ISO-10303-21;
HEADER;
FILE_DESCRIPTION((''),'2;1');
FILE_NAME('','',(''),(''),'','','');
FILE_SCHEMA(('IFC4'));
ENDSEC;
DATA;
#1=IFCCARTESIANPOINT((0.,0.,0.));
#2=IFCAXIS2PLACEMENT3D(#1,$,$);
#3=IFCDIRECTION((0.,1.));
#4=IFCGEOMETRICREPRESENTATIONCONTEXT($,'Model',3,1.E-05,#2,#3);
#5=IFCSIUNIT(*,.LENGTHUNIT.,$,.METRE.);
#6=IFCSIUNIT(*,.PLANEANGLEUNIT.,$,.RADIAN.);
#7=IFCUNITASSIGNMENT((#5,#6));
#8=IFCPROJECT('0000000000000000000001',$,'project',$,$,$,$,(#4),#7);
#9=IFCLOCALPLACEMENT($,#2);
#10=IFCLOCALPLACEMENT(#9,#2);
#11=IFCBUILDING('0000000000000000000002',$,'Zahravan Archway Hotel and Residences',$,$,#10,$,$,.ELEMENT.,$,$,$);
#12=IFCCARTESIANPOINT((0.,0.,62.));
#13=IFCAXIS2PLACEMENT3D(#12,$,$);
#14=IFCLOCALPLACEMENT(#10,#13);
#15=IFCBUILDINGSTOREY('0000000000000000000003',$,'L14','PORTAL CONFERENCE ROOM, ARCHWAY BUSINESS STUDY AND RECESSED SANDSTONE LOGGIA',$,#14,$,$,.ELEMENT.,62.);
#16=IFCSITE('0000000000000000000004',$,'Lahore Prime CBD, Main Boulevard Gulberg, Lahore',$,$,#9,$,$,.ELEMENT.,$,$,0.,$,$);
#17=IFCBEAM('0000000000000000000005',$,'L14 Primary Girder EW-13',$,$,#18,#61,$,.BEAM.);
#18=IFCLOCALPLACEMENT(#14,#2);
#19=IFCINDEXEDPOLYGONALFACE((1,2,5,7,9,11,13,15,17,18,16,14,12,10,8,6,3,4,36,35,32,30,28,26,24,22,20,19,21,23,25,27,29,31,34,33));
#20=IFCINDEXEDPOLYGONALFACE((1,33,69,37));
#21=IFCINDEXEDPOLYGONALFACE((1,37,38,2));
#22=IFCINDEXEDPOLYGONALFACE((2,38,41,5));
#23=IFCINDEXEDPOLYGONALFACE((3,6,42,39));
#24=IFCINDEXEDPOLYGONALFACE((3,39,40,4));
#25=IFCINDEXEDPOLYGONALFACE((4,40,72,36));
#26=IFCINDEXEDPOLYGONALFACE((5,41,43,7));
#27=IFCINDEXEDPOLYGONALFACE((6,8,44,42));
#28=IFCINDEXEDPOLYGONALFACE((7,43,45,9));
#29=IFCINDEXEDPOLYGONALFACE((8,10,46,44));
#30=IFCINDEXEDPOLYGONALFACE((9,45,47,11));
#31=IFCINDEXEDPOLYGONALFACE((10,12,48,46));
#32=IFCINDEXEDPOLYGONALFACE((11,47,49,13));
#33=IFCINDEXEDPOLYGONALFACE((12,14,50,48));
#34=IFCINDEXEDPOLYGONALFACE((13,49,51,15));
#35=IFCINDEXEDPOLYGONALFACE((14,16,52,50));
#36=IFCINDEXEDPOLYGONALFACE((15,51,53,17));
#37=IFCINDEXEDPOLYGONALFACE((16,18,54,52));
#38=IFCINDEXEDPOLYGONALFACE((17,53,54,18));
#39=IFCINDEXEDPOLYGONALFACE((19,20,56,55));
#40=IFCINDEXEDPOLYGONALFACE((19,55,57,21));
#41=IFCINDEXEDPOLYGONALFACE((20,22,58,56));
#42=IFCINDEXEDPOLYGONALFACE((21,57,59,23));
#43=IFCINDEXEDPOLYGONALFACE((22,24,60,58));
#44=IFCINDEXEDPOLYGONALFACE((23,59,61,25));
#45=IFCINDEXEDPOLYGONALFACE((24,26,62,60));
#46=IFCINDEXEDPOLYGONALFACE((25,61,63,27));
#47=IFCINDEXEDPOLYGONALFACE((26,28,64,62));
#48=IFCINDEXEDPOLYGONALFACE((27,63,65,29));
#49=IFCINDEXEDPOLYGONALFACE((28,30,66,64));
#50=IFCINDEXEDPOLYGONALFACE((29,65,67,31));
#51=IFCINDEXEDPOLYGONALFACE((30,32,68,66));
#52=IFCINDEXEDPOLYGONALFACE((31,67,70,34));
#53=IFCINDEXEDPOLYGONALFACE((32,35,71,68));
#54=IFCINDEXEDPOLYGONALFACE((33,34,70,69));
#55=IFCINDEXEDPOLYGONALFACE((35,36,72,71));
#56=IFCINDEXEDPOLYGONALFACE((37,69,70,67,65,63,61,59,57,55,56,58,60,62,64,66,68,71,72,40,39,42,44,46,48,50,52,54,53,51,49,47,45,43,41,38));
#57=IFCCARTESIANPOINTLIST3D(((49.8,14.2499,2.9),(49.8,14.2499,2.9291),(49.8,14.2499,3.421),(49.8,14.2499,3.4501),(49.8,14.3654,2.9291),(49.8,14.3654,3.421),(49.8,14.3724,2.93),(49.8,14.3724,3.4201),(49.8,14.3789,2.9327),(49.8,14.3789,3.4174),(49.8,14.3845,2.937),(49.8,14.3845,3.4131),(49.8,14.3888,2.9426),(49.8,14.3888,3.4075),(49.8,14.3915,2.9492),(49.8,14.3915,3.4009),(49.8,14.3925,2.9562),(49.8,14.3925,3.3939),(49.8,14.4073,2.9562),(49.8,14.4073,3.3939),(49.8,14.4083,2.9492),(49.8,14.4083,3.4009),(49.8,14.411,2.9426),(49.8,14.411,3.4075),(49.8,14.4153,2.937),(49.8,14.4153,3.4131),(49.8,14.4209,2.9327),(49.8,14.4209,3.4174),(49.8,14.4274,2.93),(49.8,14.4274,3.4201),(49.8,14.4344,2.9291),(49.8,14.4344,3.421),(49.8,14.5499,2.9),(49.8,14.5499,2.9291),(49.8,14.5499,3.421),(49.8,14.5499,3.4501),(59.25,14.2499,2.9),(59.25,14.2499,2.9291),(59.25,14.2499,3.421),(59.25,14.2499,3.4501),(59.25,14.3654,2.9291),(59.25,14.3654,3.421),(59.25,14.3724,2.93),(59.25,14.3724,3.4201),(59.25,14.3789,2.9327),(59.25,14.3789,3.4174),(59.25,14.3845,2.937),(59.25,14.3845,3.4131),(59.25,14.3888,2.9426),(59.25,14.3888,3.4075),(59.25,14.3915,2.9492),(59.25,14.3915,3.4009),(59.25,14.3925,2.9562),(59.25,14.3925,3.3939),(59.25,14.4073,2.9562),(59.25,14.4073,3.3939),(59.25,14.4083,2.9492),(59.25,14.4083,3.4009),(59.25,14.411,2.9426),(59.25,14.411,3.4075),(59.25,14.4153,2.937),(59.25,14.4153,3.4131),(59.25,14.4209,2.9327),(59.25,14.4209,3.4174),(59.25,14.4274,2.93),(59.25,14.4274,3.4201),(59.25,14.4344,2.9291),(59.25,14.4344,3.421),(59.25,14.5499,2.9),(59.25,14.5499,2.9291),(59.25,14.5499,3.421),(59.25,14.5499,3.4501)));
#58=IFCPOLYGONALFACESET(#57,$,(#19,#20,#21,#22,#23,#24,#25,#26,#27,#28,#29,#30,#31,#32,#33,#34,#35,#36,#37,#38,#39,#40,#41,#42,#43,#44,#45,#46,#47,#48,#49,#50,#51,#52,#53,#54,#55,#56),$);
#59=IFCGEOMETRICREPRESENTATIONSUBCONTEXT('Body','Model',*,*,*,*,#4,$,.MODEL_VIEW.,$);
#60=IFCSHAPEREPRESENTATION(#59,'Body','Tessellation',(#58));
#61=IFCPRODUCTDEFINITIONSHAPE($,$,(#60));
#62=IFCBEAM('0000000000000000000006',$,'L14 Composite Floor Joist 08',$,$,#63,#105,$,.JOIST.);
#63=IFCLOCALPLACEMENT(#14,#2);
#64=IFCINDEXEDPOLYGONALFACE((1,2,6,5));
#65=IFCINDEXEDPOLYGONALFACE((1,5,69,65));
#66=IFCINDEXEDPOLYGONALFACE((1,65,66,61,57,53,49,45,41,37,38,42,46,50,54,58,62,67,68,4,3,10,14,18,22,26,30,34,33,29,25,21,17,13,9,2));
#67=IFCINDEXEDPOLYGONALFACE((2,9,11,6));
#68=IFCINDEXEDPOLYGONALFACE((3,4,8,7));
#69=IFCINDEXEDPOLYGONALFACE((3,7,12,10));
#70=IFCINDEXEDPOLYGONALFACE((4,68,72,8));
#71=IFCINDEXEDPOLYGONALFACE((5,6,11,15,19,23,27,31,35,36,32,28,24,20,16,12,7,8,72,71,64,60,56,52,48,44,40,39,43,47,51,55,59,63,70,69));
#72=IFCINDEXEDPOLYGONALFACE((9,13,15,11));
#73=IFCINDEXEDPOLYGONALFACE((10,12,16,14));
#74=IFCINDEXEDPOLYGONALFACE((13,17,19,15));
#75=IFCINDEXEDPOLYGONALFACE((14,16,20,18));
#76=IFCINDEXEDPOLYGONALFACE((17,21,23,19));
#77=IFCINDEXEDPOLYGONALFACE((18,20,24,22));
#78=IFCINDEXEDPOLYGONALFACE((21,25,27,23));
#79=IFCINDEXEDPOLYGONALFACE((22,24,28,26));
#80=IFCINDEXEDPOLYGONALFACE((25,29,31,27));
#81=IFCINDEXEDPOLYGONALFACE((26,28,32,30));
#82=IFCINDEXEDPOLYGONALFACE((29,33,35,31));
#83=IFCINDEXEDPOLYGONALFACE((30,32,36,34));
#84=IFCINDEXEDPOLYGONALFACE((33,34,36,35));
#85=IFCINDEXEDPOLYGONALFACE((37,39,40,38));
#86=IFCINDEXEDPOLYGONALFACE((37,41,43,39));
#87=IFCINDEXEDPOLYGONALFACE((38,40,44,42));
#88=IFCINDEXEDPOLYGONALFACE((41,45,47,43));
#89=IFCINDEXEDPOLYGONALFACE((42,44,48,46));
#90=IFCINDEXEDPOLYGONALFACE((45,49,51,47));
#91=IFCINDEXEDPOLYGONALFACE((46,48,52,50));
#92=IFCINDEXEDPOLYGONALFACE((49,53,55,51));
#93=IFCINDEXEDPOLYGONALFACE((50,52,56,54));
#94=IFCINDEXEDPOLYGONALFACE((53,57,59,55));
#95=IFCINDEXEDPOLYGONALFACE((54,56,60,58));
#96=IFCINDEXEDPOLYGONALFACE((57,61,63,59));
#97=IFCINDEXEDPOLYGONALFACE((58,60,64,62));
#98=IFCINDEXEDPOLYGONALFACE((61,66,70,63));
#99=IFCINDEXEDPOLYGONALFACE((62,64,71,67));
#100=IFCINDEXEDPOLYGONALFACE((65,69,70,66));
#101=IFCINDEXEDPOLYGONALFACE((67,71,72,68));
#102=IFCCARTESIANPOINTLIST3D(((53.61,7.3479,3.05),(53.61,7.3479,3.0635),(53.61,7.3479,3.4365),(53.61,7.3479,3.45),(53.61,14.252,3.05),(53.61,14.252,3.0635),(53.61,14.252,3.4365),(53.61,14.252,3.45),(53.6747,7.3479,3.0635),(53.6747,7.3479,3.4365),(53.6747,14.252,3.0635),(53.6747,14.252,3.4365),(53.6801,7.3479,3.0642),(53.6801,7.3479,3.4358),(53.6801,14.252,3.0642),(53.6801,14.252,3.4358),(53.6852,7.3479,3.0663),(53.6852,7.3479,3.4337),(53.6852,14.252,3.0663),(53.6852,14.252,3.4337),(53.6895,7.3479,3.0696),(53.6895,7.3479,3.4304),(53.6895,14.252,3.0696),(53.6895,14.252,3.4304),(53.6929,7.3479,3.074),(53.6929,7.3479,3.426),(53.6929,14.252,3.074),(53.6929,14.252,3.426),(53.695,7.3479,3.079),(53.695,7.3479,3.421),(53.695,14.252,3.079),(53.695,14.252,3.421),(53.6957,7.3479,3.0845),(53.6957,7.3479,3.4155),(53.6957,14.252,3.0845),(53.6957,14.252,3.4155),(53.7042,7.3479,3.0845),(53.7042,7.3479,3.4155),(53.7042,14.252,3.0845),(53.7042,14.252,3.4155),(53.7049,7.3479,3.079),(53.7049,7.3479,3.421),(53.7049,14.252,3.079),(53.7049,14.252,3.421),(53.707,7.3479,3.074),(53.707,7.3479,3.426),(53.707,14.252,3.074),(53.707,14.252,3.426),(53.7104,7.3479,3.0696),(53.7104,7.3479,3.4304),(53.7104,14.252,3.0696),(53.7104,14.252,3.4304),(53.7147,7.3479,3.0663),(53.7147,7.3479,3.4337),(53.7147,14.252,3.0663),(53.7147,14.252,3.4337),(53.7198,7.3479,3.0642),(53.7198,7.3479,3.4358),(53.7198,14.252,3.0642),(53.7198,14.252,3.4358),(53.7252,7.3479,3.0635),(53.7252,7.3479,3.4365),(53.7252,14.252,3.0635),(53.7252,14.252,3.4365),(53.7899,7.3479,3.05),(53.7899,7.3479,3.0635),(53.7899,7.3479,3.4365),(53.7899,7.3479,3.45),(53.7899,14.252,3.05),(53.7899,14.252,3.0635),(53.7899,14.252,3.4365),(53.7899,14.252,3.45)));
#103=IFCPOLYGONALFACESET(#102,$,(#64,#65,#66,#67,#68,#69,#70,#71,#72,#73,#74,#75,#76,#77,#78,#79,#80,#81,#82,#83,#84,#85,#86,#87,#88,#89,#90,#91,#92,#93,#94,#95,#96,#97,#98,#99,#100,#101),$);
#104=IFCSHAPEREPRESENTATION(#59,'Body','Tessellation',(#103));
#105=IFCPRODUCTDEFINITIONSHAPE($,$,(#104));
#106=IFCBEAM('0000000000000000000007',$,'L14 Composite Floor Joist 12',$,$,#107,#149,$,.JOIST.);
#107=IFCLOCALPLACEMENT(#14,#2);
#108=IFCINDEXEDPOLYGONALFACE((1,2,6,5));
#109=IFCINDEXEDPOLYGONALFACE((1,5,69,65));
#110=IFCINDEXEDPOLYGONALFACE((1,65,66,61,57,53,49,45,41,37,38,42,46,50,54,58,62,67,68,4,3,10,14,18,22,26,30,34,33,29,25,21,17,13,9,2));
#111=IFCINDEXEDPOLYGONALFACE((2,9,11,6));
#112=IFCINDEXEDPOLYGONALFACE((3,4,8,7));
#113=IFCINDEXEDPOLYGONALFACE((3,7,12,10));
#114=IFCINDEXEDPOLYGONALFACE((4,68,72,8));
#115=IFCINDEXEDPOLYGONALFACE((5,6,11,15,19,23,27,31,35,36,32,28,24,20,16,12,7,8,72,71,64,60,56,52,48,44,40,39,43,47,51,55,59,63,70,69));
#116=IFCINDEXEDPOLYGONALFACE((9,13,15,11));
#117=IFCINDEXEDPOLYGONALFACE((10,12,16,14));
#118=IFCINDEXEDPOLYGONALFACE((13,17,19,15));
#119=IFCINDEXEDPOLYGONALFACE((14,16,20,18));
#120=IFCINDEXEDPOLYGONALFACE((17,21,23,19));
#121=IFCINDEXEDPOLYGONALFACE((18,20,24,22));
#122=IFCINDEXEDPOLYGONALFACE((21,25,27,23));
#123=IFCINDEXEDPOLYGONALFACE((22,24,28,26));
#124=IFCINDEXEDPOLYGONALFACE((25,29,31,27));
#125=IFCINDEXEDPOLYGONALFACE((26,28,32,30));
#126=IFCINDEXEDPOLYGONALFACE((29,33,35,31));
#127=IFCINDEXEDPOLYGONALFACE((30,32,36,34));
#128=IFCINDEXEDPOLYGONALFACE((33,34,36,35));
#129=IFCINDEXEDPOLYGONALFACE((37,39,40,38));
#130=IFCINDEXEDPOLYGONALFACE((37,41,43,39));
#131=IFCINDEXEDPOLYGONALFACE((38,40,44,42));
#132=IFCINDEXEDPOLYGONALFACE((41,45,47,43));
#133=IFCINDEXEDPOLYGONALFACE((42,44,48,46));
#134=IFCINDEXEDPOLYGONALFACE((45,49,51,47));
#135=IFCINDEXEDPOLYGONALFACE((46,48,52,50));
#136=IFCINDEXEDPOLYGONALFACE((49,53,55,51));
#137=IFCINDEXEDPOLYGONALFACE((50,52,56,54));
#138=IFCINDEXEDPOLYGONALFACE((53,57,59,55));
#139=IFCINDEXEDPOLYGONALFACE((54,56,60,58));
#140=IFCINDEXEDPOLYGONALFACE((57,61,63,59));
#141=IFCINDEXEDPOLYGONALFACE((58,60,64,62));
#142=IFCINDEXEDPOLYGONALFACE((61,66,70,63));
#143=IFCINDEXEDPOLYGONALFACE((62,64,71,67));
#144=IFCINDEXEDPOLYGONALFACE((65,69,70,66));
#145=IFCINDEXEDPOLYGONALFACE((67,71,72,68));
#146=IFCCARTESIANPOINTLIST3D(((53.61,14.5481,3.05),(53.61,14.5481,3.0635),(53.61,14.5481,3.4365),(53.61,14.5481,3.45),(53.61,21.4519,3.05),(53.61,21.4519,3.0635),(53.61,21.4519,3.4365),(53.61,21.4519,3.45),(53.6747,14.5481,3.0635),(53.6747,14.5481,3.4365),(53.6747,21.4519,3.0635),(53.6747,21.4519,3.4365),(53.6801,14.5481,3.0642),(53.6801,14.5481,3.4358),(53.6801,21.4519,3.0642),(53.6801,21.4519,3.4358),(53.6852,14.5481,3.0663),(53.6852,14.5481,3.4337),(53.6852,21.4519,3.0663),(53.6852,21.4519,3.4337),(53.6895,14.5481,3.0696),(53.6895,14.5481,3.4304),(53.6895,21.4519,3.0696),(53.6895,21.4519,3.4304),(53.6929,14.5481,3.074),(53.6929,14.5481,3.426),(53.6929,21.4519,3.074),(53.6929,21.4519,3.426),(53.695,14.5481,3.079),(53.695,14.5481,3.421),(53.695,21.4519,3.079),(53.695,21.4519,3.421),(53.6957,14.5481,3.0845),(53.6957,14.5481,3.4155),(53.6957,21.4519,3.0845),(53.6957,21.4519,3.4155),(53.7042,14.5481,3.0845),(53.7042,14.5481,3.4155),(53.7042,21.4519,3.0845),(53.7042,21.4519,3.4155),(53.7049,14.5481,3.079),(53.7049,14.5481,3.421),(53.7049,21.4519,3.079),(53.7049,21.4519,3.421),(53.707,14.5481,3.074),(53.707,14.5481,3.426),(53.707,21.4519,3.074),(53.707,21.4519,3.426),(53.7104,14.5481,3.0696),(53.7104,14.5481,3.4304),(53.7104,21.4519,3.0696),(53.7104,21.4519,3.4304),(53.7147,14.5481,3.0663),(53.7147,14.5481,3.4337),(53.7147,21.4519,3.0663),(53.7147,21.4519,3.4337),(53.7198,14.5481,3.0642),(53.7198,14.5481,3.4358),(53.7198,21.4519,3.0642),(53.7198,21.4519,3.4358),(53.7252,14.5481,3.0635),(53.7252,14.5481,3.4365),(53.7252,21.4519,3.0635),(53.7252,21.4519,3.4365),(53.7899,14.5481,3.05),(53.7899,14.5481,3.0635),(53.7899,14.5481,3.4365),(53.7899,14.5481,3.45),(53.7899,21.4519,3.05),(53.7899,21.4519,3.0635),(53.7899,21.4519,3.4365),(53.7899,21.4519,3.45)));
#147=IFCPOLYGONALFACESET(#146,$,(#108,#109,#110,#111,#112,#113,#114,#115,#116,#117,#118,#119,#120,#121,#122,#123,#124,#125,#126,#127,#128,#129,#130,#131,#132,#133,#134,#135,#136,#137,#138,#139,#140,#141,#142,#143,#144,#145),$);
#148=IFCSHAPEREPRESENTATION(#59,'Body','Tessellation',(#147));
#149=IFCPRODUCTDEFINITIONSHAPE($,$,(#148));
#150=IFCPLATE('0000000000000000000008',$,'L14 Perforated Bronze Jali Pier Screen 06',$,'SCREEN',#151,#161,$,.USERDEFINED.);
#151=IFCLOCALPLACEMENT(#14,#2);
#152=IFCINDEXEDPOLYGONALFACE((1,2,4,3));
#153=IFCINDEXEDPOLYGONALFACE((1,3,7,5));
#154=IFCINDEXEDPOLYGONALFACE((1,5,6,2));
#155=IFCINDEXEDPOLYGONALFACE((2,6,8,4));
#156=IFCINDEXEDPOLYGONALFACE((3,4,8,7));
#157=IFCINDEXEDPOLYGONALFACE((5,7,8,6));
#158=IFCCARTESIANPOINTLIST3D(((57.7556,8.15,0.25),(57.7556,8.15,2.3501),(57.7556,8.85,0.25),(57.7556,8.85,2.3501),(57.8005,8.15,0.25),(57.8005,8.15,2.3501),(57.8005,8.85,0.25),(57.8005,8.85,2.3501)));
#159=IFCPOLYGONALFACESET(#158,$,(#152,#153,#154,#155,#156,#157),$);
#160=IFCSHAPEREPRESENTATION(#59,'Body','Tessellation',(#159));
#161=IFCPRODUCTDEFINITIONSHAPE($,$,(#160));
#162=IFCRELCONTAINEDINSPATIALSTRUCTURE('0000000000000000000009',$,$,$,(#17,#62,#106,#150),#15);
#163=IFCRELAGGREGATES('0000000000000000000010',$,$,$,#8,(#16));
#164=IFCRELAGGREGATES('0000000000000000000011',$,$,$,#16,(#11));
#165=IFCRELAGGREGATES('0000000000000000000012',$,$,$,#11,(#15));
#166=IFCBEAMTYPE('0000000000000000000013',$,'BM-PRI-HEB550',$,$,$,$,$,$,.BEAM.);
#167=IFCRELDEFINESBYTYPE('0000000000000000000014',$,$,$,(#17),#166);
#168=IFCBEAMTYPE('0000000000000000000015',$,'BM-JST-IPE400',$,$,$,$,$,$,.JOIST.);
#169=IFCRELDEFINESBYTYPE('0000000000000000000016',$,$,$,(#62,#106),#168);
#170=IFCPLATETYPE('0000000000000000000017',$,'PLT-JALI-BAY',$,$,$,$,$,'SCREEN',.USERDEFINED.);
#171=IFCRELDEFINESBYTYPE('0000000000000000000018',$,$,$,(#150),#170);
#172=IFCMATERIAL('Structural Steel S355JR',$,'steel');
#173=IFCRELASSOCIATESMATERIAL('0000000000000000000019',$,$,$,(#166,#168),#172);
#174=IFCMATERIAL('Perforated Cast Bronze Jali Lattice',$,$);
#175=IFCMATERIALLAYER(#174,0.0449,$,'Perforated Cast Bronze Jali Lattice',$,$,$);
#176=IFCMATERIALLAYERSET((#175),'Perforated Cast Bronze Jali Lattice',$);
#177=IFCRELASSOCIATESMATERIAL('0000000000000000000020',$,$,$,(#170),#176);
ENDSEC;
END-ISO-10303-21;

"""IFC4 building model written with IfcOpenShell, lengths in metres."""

from ifc_helpers import new_model, si_unit, direction, frame, origin, origin_2d, place, context, subcontext, project, spatial, rectangle, i_section, extrude, source, transform, mapped, material, layer, layer_set, material_profile, profile_set, type_object, type_shapes, element, save


model = new_model("IFC4")

# Units and contexts
model_context = context("Model", 3, precision=1e-05, world=origin(), true_north=direction((0.0, 1.0)))
body_context = subcontext(model_context, "Body", "Model", "MODEL_VIEW")
ifc_project = project(units=[si_unit("LENGTHUNIT", "METRE"), si_unit("PLANEANGLEUNIT", "RADIAN")], contexts=[model_context])

# Site, building, storey
site_placement = place(None, origin())
site = spatial("IfcSite", under=ifc_project, at=site_placement, Name="Lahore Prime CBD, Main Boulevard Gulberg, Lahore", CompositionType="ELEMENT", RefElevation=0.0)
building_placement = place(site_placement, origin())
building = spatial("IfcBuilding", under=site, at=building_placement, Name="Zahravan Archway Hotel and Residences", CompositionType="ELEMENT")
storey_placement = place(building_placement, frame((0.0, 0.0, 62.0)))
storey = spatial("IfcBuildingStorey", under=building, at=storey_placement, Name="L14", Description="PORTAL CONFERENCE ROOM, ARCHWAY BUSINESS STUDY AND RECESSED SANDSTONE LOGGIA", CompositionType="ELEMENT", Elevation=62.0)

# Beams
ifc_material_1 = material(Name="Structural Steel S355JR", Category="steel")
ifc_material_profile_1 = material_profile(ifc_material_1, i_section(OverallWidth=0.3, OverallDepth=0.55, WebThickness=0.0149, FlangeThickness=0.0291, FilletRadius=0.0271, at=origin_2d()), Name="HEB 550", Category="steel")
ifc_profile_set_1 = profile_set([ifc_material_profile_1], Name="Structural Steel S355JR")
beam_type_1 = type_object("IfcBeamType", Name="BM-PRI-HEB550", PredefinedType="BEAM", material=ifc_profile_set_1)
shared_shape_1 = source(origin(), body_context, "Body", "SweptSolid", [
    extrude(i_section(OverallWidth=0.3, OverallDepth=0.55, WebThickness=0.0149, FlangeThickness=0.0291, FilletRadius=0.0271, at=origin_2d()), origin(), (0.0, 0.0, 1.0), 9.45),
])
beam_1_placement = place(storey_placement, frame((49.8, 14.3999, 3.175), z_axis=(1.0, 0.0, 0.0), x_axis=(0.0, 1.0, 0.0)))
element("IfcBeam", 1, at=beam_1_placement, inside=storey, type_object=beam_type_1, Name="L14 Primary Girder EW-13", PredefinedType="BEAM", context=body_context, shape_type="MappedRepresentation", body=[
    mapped(shared_shape_1, transform((0.0, 0.0, 0.0), scale=1.0)),
])
ifc_material_profile_2 = material_profile(ifc_material_1, i_section(OverallWidth=0.1799, OverallDepth=0.3999, WebThickness=0.0085, FlangeThickness=0.0134, FilletRadius=0.021, at=origin_2d()), Name="IPE 400", Category="steel")
ifc_profile_set_2 = profile_set([ifc_material_profile_2], Name="Structural Steel S355JR")
beam_type_2 = type_object("IfcBeamType", Name="BM-JST-IPE400", PredefinedType="JOIST", material=ifc_profile_set_2)
shared_shape_2 = source(origin(), body_context, "Body", "SweptSolid", [
    extrude(i_section(OverallWidth=0.1799, OverallDepth=0.3999, WebThickness=0.0085, FlangeThickness=0.0134, FilletRadius=0.021, at=origin_2d()), origin(), (0.0, 0.0, 1.0), 6.9041),
])
type_shapes(beam_type_2, [shared_shape_2])
beam_2_placement = place(storey_placement, frame((53.7, 7.3479, 3.25), z_axis=(0.0, 1.0, 0.0), x_axis=(-1.0, 0.0, 0.0)))
element("IfcBeam", 2, at=beam_2_placement, inside=storey, type_object=beam_type_2, Name="L14 Composite Floor Joist 08", PredefinedType="JOIST", context=body_context, shape_type="MappedRepresentation", body=[
    mapped(shared_shape_2, transform((0.0, 0.0, 0.0), scale=1.0)),
])
shared_shape_3 = source(origin(), body_context, "Body", "SweptSolid", [
    extrude(i_section(OverallWidth=0.1799, OverallDepth=0.3999, WebThickness=0.0085, FlangeThickness=0.0134, FilletRadius=0.021, at=origin_2d()), origin(), (0.0, 0.0, 1.0), 6.9038),
])
beam_3_placement = place(storey_placement, frame((53.7, 14.5481, 3.25), z_axis=(0.0, 1.0, 0.0), x_axis=(-1.0, 0.0, 0.0)))
element("IfcBeam", 3, at=beam_3_placement, inside=storey, type_object=beam_type_2, Name="L14 Composite Floor Joist 12", PredefinedType="JOIST", context=body_context, shape_type="MappedRepresentation", body=[
    mapped(shared_shape_3, transform((0.0, 0.0, 0.0), scale=1.0)),
])

# Plate
ifc_material_2 = material(Name="Perforated Cast Bronze Jali Lattice")
ifc_layer_1 = layer(ifc_material_2, 0.0449, Name="Perforated Cast Bronze Jali Lattice")
ifc_layer_set_1 = layer_set([ifc_layer_1], Name="Perforated Cast Bronze Jali Lattice")
plate_type = type_object("IfcPlateType", Name="PLT-JALI-BAY", ElementType="SCREEN", PredefinedType="USERDEFINED", material=ifc_layer_set_1)
shared_shape_4 = source(origin(), body_context, "Body", "SweptSolid", [
    extrude(rectangle(XDim=0.7, YDim=0.0449, at=origin_2d()), origin(), (0.0, 0.0, 1.0), 2.1001),
])
type_shapes(plate_type, [shared_shape_4])
plate_placement = place(storey_placement, frame((57.7781, 8.5, 0.25), z_axis=(0.0, 0.0, 1.0), x_axis=(0.0, 1.0, 0.0)))
element("IfcPlate", 4, at=plate_placement, inside=storey, type_object=plate_type, Name="L14 Perforated Bronze Jali Pier Screen 06", ObjectType="SCREEN", PredefinedType="USERDEFINED", context=body_context, shape_type="MappedRepresentation", body=[
    mapped(shared_shape_4, transform((0.0, 0.0, 0.0), scale=1.0)),
])

save(model, "model.ifc")
